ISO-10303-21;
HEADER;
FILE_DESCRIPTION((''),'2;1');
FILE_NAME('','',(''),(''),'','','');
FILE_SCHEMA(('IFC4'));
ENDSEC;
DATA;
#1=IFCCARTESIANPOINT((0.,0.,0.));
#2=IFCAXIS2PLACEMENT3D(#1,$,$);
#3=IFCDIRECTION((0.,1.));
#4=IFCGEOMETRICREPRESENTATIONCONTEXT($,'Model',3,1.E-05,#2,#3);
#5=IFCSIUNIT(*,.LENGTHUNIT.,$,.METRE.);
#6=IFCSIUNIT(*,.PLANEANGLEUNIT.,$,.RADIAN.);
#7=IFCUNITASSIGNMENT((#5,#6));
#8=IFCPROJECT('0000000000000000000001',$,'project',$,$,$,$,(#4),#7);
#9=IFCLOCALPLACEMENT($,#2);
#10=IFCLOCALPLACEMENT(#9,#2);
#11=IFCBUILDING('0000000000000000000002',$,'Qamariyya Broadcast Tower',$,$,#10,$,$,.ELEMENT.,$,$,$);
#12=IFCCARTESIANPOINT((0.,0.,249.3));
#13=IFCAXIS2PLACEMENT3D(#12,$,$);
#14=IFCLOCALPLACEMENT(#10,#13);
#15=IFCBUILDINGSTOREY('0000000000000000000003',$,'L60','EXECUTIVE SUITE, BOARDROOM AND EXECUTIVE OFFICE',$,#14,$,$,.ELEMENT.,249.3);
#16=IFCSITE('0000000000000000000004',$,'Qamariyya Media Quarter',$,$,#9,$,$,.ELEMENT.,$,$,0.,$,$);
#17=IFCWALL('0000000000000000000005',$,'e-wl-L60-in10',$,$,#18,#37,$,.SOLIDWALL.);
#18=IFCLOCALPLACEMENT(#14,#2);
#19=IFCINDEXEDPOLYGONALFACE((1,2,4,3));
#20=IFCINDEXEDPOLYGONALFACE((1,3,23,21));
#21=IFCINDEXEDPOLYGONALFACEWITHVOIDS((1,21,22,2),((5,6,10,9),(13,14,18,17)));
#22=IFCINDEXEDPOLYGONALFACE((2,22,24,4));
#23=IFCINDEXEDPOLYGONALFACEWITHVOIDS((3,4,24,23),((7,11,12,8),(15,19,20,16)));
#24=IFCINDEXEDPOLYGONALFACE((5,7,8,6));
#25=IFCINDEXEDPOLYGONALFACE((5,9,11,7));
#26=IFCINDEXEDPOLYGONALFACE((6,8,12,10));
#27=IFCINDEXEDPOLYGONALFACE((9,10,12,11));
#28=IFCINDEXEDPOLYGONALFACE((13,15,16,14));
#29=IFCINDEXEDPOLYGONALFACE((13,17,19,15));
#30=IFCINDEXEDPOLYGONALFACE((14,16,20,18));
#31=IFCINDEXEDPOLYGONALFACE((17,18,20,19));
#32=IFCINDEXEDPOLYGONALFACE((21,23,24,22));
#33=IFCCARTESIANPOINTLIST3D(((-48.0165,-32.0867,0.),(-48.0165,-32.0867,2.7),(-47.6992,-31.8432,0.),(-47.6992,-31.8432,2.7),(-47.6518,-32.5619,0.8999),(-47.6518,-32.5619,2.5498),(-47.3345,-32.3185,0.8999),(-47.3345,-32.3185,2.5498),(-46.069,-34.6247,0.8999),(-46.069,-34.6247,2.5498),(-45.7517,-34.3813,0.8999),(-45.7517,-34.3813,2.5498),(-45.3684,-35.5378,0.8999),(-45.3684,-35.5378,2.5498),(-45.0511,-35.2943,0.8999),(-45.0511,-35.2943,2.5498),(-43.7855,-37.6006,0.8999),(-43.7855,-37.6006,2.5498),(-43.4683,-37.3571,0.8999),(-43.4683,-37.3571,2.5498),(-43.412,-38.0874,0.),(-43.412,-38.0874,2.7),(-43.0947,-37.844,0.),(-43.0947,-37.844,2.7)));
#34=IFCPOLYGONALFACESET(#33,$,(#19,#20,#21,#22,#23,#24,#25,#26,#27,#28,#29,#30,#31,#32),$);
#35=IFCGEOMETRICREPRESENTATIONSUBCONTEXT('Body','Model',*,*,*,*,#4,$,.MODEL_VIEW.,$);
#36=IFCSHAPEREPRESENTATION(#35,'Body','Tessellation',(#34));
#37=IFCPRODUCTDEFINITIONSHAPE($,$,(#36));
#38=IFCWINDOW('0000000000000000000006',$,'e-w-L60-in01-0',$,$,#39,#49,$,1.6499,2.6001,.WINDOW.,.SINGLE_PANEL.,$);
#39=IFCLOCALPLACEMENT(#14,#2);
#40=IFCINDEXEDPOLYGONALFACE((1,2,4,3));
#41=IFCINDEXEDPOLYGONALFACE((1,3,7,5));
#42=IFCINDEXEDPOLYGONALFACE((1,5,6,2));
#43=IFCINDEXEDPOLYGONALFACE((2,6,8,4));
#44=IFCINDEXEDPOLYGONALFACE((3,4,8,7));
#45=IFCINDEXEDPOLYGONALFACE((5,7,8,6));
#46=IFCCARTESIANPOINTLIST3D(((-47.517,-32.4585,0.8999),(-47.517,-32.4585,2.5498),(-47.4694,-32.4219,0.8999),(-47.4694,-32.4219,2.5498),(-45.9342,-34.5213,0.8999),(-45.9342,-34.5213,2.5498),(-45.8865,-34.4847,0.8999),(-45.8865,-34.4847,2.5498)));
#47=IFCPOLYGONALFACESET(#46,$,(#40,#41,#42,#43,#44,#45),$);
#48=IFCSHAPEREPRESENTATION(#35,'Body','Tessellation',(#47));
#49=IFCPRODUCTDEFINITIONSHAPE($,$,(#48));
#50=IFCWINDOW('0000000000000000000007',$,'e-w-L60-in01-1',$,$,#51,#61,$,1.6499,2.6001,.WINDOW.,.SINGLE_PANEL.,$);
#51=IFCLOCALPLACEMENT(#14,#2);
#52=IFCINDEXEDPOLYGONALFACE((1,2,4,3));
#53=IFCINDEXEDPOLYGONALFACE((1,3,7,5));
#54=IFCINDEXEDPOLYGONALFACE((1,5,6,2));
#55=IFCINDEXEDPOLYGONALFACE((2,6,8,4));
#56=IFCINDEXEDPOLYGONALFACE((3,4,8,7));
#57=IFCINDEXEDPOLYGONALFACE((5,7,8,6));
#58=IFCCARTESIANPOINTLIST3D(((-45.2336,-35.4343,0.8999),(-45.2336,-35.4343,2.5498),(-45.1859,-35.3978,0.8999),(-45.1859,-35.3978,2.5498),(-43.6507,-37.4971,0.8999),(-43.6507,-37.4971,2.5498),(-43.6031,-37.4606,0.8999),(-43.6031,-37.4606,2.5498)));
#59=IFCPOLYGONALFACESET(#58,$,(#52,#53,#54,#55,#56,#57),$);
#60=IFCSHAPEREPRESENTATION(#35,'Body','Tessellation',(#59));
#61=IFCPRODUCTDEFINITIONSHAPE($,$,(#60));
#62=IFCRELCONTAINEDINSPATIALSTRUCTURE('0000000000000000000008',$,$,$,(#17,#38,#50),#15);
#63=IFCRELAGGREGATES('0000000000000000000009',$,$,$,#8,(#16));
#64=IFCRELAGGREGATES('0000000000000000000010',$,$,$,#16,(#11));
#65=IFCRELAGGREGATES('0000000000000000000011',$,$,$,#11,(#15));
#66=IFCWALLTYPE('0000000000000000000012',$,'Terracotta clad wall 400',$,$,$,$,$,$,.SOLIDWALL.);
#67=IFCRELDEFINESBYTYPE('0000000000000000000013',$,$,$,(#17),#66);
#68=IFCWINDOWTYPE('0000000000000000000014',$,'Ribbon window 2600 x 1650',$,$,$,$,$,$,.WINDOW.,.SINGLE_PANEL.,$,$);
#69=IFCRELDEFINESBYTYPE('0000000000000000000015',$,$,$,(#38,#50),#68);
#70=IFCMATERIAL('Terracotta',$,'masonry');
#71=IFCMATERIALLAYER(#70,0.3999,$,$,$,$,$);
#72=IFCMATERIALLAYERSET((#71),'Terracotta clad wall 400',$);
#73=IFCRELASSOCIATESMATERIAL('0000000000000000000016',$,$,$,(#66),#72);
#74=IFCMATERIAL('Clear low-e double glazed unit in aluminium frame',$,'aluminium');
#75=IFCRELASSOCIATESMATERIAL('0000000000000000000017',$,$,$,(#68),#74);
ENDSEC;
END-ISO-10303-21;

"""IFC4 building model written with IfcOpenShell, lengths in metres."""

from ifc_helpers import new_model, si_unit, direction, frame, frame_2d, origin, place, context, subcontext, project, spatial, rectangle, extrude, material, layer, layer_set, type_object, element, fill, save


model = new_model("IFC4")

# Units and contexts
model_context = context("Model", 3, precision=1e-05, world=origin(), true_north=direction((0.0, 1.0)))
body_context = subcontext(model_context, "Body", "Model", "MODEL_VIEW")
ifc_project = project(units=[si_unit("LENGTHUNIT", "METRE"), si_unit("PLANEANGLEUNIT", "RADIAN")], contexts=[model_context])

# Site, building, storey
site_placement = place(None, origin())
site = spatial("IfcSite", under=ifc_project, at=site_placement, Name="Qamariyya Media Quarter", CompositionType="ELEMENT", RefElevation=0.0)
building_placement = place(site_placement, origin())
building = spatial("IfcBuilding", under=site, at=building_placement, Name="Qamariyya Broadcast Tower", CompositionType="ELEMENT")
storey_placement = place(building_placement, frame((0.0, 0.0, 249.3)))
storey = spatial("IfcBuildingStorey", under=building, at=storey_placement, Name="L60", Description="EXECUTIVE SUITE, BOARDROOM AND EXECUTIVE OFFICE", CompositionType="ELEMENT", Elevation=249.3)

# Shared definitions
ifc_material_1 = material(Name="Terracotta", Category="masonry")
ifc_layer = layer(ifc_material_1, 0.3999)
ifc_layer_set = layer_set([ifc_layer], Name="Terracotta clad wall 400")
wall_type = type_object("IfcWallType", Name="Terracotta clad wall 400", PredefinedType="SOLIDWALL", material=ifc_layer_set)
ifc_material_2 = material(Name="Clear low-e double glazed unit in aluminium frame", Category="aluminium")

# Wall, openings, windows
wall_1_placement = place(storey_placement, frame((-43.2534, -37.9656, 0.0), z_axis=(0.0, 0.0, 1.0), x_axis=(-0.608759, 0.793355, 0.0)))
wall_1 = element("IfcWall", 1, at=wall_1_placement, inside=storey, type_object=wall_type, Name="e-wl-L60-in10", PredefinedType="SOLIDWALL", context=body_context, shape_type="SweptSolid", body=[
    extrude(rectangle(XDim=7.5637, YDim=0.3999, at=frame_2d((3.7817, 0.0))), origin(), (0.0, 0.0, 1.0), 2.7),
])
opening_1_placement = place(wall_1_placement, frame((4.3645, 0.0, 0.8999)))
opening_1 = element("IfcOpeningElement", 2, at=opening_1_placement, cuts=wall_1, PredefinedType="OPENING", context=body_context, shape_type="SweptSolid", body=[
    extrude(rectangle(XDim=2.6001, YDim=1.6499, at=frame_2d((1.3, 0.825))), frame((0.0, 0.21, 0.0), z_axis=(0.0, -1.0, 0.0), x_axis=(1.0, 0.0, 0.0)), (0.0, 0.0, 1.0), 0.4199),
])
opening_2_placement = place(wall_1_placement, frame((0.6135, 0.0, 0.8999)))
opening_2 = element("IfcOpeningElement", 3, at=opening_2_placement, cuts=wall_1, PredefinedType="OPENING", context=body_context, shape_type="SweptSolid", body=[
    extrude(rectangle(XDim=2.6001, YDim=1.6499, at=frame_2d((1.3, 0.825))), frame((0.0, 0.21, 0.0), z_axis=(0.0, -1.0, 0.0), x_axis=(1.0, 0.0, 0.0)), (0.0, 0.0, 1.0), 0.4199),
])
window_type_1 = type_object("IfcWindowType", Name="Ribbon window 2600 x 1650", PartitioningType="SINGLE_PANEL", PredefinedType="WINDOW", material=ifc_material_2)
window_1_placement = place(opening_1_placement, origin())
window_1 = element("IfcWindow", 4, at=window_1_placement, inside=storey, type_object=window_type_1, Name="e-w-L60-in01-0", OverallHeight=1.6499, OverallWidth=2.6001, PartitioningType="SINGLE_PANEL", PredefinedType="WINDOW", context=body_context, shape_type="SweptSolid", body=[
    extrude(rectangle(XDim=2.6001, YDim=1.6499, at=frame_2d((1.3, 0.825))), frame((0.0, 0.03, 0.0), z_axis=(0.0, -1.0, 0.0), x_axis=(1.0, 0.0, 0.0)), (0.0, 0.0, 1.0), 0.0601),
])
fill(opening_1, window_1)
window_2_placement = place(opening_2_placement, origin())
window_2 = element("IfcWindow", 5, at=window_2_placement, inside=storey, type_object=window_type_1, Name="e-w-L60-in01-1", OverallHeight=1.6499, OverallWidth=2.6001, PartitioningType="SINGLE_PANEL", PredefinedType="WINDOW", context=body_context, shape_type="SweptSolid", body=[
    extrude(rectangle(XDim=2.6001, YDim=1.6499, at=frame_2d((1.3, 0.825))), frame((0.0, 0.03, 0.0), z_axis=(0.0, -1.0, 0.0), x_axis=(1.0, 0.0, 0.0)), (0.0, 0.0, 1.0), 0.0601),
])
fill(opening_2, window_2)

save(model, "model.ifc")
